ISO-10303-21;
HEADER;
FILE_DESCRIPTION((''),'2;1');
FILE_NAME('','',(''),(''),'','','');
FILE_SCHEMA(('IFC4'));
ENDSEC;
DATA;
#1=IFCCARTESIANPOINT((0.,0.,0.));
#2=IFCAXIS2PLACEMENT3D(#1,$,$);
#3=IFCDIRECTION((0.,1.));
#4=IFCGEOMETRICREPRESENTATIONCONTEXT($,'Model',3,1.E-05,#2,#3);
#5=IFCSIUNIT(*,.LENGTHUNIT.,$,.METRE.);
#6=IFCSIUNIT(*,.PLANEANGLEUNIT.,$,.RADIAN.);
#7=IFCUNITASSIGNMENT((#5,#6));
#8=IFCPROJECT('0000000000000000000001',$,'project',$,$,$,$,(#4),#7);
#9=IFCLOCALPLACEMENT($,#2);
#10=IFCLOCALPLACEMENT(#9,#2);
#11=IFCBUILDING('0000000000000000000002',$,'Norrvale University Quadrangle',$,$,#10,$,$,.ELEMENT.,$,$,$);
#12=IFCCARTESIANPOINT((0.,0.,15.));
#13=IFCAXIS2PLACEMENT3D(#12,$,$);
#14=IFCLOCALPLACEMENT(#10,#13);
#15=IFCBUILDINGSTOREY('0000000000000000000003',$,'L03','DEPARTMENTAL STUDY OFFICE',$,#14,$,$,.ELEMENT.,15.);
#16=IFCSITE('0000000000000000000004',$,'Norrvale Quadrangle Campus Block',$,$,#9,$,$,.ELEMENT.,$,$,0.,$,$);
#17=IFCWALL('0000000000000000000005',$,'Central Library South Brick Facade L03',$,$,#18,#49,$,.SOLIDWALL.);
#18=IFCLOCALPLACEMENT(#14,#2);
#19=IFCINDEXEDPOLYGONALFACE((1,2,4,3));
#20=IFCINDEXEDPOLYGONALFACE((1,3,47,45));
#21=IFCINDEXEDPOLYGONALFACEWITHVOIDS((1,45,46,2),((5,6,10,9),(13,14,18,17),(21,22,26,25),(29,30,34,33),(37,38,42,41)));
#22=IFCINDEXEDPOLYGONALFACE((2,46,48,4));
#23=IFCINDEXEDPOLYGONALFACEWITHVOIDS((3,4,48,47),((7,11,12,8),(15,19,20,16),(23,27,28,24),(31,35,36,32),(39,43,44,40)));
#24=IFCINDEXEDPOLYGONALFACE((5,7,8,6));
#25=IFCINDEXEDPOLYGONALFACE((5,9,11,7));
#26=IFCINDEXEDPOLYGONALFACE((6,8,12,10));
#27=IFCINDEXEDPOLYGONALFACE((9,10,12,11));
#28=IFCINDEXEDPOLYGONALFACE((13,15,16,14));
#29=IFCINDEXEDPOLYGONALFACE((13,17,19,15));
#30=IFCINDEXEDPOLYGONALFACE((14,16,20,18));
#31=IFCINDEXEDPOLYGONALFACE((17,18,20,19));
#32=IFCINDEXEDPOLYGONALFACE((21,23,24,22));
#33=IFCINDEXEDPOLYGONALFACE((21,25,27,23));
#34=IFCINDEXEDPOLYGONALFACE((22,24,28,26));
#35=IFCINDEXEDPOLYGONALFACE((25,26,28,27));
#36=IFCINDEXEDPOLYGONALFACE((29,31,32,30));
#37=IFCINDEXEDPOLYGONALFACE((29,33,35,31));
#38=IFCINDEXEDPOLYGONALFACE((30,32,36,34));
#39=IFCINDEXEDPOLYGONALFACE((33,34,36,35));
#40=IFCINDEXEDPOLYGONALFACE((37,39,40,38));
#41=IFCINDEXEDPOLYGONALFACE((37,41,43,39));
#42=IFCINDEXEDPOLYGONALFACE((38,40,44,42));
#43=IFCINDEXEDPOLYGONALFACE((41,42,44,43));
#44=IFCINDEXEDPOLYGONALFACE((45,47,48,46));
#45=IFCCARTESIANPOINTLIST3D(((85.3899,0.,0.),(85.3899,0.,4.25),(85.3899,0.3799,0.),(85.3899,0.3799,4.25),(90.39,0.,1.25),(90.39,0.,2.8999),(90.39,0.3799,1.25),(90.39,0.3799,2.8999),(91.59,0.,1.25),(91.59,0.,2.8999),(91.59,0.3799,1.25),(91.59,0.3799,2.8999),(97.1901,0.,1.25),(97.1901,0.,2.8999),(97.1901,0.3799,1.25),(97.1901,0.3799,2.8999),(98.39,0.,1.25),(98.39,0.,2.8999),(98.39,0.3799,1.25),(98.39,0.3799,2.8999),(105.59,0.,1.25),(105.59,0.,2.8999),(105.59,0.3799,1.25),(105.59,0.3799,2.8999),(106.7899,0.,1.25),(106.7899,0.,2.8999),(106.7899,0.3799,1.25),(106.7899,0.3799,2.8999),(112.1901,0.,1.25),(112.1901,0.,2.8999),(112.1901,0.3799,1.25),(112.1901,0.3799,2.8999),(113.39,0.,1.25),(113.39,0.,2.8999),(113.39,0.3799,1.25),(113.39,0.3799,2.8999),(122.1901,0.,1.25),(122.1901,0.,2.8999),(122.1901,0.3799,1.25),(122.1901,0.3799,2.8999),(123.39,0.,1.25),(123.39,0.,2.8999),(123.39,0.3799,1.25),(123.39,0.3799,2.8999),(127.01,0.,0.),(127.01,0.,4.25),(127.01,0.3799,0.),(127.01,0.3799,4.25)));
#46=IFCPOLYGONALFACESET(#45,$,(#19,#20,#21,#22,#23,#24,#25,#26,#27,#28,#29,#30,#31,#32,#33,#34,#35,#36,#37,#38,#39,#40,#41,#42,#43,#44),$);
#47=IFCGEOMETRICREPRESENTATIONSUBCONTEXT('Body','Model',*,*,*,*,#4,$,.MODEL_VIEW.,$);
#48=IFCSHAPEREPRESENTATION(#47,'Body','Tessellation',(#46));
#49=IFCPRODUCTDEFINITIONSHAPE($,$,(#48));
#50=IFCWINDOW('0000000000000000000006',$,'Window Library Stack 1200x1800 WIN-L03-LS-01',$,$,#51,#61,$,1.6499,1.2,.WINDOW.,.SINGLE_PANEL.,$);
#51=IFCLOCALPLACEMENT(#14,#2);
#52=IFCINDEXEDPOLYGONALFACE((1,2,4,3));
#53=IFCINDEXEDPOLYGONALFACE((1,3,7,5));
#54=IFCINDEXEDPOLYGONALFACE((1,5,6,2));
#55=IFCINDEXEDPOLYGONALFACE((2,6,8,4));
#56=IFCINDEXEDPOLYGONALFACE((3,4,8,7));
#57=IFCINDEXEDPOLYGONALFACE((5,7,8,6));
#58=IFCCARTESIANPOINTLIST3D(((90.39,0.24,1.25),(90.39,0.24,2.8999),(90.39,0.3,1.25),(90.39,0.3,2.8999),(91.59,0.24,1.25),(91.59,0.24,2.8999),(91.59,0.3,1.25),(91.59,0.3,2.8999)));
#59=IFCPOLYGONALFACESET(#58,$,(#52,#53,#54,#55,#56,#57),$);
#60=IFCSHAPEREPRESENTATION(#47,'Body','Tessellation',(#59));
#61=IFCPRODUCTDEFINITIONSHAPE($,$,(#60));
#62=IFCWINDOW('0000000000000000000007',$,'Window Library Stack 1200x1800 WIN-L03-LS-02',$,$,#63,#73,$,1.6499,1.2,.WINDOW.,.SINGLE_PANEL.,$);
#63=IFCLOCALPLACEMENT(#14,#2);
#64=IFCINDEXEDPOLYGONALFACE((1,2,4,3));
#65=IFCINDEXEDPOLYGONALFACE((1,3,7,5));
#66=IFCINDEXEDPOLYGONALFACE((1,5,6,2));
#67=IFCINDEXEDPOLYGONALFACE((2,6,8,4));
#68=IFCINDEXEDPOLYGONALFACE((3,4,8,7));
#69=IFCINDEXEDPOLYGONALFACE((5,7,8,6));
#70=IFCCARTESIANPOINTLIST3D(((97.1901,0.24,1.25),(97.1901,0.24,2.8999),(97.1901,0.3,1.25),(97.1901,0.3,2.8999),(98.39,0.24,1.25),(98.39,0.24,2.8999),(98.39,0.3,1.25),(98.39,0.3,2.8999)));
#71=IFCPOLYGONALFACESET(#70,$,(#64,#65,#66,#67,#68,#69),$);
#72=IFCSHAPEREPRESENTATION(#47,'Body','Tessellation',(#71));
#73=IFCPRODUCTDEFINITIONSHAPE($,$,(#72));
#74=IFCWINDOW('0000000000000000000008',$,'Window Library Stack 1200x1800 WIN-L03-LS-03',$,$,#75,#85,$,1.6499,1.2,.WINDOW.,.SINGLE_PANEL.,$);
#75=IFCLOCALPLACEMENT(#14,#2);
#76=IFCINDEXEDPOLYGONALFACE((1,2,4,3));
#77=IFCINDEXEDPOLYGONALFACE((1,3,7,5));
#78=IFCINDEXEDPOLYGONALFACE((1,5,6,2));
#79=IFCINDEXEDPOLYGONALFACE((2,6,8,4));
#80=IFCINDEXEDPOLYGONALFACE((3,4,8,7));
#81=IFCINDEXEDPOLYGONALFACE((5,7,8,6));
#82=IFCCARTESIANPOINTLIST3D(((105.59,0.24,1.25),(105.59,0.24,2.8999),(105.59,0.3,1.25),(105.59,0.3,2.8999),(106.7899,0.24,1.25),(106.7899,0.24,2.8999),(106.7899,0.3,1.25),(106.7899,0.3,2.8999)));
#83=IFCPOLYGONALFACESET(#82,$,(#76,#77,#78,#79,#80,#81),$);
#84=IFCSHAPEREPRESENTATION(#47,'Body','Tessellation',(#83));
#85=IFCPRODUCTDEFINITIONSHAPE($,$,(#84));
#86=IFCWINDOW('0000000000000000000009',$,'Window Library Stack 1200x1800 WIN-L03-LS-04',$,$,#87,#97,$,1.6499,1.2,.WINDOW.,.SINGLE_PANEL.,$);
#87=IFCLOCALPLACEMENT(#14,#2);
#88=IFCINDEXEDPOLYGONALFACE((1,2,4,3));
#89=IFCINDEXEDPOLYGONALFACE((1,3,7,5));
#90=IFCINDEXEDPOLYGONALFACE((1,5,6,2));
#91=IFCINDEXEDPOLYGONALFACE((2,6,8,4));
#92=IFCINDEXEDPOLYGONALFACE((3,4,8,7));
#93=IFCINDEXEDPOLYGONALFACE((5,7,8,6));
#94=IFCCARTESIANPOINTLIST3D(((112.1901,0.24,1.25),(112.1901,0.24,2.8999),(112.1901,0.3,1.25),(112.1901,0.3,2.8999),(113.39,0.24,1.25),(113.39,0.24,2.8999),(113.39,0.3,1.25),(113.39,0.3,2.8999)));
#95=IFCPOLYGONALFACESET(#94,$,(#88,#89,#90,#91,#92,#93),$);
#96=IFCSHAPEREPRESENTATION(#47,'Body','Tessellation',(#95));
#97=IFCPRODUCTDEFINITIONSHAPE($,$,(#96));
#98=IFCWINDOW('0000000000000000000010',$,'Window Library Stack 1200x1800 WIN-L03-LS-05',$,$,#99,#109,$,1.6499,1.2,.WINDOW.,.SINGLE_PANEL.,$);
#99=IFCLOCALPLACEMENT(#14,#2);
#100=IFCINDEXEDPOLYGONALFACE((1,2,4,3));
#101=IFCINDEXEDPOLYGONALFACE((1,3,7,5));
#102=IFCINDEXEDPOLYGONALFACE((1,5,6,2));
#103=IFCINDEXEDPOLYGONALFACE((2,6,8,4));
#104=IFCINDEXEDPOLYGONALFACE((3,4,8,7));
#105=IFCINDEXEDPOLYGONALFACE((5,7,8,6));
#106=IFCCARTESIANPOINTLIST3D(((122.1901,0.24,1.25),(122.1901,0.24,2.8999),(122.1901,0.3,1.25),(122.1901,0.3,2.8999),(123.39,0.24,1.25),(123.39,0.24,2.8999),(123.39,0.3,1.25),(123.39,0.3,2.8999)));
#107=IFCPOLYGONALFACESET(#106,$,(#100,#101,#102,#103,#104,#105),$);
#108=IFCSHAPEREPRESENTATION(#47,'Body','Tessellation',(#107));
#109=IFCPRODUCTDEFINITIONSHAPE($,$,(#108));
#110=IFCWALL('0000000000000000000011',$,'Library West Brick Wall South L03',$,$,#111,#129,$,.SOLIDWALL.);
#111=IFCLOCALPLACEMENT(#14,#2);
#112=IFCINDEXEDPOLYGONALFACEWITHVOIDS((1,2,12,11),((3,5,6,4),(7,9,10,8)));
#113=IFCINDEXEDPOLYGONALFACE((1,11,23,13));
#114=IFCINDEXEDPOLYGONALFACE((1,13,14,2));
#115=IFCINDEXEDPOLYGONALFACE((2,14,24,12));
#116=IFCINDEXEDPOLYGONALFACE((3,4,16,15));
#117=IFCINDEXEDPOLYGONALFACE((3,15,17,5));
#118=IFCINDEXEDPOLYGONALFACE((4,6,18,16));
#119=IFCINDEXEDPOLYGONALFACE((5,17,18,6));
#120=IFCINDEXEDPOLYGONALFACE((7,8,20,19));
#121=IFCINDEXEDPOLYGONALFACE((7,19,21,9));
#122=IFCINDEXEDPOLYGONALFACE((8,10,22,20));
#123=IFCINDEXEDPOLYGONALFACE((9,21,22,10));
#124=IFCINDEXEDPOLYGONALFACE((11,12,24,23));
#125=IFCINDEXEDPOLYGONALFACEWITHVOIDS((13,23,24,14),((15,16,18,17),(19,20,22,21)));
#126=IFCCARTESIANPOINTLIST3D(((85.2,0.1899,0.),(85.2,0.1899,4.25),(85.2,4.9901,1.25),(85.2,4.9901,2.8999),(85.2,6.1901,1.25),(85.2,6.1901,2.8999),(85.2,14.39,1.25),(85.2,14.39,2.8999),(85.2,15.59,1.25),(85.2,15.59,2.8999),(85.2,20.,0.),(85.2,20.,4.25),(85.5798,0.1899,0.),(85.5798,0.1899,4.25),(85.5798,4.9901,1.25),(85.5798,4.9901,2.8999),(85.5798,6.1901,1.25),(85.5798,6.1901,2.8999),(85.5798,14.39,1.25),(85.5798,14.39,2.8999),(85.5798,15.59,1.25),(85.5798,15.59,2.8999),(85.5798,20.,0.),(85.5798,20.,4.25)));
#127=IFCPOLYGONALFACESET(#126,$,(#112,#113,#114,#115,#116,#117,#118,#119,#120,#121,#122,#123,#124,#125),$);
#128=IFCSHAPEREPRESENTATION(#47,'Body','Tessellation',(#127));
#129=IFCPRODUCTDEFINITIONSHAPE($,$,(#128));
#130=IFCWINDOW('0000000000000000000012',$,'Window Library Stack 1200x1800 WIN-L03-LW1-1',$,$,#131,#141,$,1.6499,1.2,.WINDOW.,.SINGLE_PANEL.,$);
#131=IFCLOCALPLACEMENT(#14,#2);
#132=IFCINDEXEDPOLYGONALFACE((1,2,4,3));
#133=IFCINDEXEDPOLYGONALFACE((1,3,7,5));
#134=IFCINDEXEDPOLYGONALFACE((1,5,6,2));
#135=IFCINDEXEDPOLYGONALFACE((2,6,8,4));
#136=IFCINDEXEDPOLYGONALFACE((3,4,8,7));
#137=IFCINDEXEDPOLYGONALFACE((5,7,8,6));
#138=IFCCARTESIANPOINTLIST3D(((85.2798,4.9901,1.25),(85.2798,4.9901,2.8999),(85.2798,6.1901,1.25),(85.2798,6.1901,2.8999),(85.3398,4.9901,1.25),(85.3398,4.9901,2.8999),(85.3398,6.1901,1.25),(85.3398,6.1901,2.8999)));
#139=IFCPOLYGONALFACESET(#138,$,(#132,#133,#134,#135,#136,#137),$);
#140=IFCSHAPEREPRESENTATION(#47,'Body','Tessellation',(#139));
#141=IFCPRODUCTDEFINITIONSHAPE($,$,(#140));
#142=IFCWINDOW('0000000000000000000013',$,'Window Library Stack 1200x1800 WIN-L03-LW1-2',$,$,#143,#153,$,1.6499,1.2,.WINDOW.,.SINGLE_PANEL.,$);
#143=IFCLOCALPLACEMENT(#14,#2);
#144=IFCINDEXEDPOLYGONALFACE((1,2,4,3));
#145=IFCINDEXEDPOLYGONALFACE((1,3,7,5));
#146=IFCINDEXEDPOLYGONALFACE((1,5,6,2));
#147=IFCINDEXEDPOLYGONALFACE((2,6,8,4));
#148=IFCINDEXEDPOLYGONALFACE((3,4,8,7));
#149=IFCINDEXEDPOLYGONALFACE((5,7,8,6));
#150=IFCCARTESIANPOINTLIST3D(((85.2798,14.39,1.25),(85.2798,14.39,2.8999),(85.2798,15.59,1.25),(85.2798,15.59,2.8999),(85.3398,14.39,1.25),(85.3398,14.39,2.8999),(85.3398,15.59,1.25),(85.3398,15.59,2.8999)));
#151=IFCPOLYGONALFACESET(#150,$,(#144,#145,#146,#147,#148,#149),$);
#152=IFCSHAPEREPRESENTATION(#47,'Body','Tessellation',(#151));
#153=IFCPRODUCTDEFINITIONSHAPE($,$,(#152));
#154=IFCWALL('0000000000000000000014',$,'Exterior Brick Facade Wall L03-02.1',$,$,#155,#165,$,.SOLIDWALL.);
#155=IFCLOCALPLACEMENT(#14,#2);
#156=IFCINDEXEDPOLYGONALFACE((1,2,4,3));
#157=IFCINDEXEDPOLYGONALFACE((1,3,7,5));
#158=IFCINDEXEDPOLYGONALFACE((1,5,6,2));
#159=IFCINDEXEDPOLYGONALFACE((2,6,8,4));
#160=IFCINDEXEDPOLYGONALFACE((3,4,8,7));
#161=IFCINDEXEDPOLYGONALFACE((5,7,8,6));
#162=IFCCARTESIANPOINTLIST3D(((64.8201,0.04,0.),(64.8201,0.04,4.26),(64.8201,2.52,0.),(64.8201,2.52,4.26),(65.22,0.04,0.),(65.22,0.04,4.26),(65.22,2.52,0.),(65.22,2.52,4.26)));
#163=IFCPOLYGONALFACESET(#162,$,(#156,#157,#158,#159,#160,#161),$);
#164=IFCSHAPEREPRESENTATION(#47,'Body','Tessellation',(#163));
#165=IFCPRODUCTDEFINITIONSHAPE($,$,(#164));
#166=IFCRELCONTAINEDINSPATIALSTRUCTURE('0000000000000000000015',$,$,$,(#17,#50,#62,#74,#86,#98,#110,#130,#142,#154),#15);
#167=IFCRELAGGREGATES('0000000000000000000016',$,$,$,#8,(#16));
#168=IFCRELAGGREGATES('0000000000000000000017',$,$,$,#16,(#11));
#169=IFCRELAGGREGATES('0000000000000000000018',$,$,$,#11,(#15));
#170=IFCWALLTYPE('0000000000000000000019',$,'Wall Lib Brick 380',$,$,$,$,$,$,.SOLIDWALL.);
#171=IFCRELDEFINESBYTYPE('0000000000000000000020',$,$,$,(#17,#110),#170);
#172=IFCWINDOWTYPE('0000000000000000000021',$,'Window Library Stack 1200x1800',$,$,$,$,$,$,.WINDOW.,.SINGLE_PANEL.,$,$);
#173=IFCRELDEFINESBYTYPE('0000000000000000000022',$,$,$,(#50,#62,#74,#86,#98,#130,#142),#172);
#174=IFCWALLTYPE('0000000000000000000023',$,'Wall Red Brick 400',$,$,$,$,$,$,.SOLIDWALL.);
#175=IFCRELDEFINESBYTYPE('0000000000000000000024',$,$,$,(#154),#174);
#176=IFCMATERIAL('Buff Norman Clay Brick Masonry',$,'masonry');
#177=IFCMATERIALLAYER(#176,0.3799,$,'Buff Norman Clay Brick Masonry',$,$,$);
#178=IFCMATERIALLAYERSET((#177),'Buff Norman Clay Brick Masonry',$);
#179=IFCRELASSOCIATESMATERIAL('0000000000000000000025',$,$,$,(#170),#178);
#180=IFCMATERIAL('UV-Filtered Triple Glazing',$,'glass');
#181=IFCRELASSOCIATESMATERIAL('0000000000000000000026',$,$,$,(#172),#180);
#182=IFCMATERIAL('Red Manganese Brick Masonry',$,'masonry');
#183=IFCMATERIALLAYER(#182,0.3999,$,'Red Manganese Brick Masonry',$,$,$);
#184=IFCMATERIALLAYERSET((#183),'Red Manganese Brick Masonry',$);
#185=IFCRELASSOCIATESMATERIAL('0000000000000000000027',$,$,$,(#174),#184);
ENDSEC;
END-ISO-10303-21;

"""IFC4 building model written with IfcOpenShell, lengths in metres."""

from ifc_helpers import new_model, si_unit, direction, frame, frame_2d, origin, place, context, subcontext, project, spatial, rectangle, extrude, material, layer, layer_set, type_object, element, fill, save


model = new_model("IFC4")

# Units and contexts
model_context = context("Model", 3, precision=1e-05, world=origin(), true_north=direction((0.0, 1.0)))
body_context = subcontext(model_context, "Body", "Model", "MODEL_VIEW")
ifc_project = project(units=[si_unit("LENGTHUNIT", "METRE"), si_unit("PLANEANGLEUNIT", "RADIAN")], contexts=[model_context])

# Site, building, storey
site_placement = place(None, origin())
site = spatial("IfcSite", under=ifc_project, at=site_placement, Name="Norrvale Quadrangle Campus Block", CompositionType="ELEMENT", RefElevation=0.0)
building_placement = place(site_placement, origin())
building = spatial("IfcBuilding", under=site, at=building_placement, Name="Norrvale University Quadrangle", CompositionType="ELEMENT")
storey_placement = place(building_placement, frame((0.0, 0.0, 15.0)))
storey = spatial("IfcBuildingStorey", under=building, at=storey_placement, Name="L03", Description="DEPARTMENTAL STUDY OFFICE", CompositionType="ELEMENT", Elevation=15.0)

# Walls, openings, windows
ifc_material_1 = material(Name="Buff Norman Clay Brick Masonry", Category="masonry")
ifc_layer_1 = layer(ifc_material_1, 0.3799, Name="Buff Norman Clay Brick Masonry")
ifc_layer_set_1 = layer_set([ifc_layer_1], Name="Buff Norman Clay Brick Masonry")
wall_type_1 = type_object("IfcWallType", Name="Wall Lib Brick 380", PredefinedType="SOLIDWALL", material=ifc_layer_set_1)
wall_1_placement = place(storey_placement, frame((85.3899, 0.1899, 0.0), z_axis=(0.0, 0.0, 1.0), x_axis=(1.0, 0.0, 0.0)))
wall_1 = element("IfcWall", 1, at=wall_1_placement, inside=storey, type_object=wall_type_1, Name="Central Library South Brick Facade L03", PredefinedType="SOLIDWALL", context=body_context, shape_type="SweptSolid", body=[
    extrude(rectangle(XDim=41.6201, YDim=0.3799, at=frame_2d((20.8101, 0.0))), origin(), (0.0, 0.0, 1.0), 4.25),
])
opening_1_placement = place(wall_1_placement, frame((5.0, 0.0, 1.25)))
opening_1 = element("IfcOpeningElement", 2, at=opening_1_placement, cuts=wall_1, PredefinedType="OPENING", context=body_context, shape_type="SweptSolid", body=[
    extrude(rectangle(XDim=1.2, YDim=1.6499, at=frame_2d((0.6001, 0.825))), frame((0.0, 0.2019, 0.0), z_axis=(0.0, -1.0, 0.0), x_axis=(1.0, 0.0, 0.0)), (0.0, 0.0, 1.0), 0.4038),
])
opening_2_placement = place(wall_1_placement, frame((11.8, 0.0, 1.25)))
opening_2 = element("IfcOpeningElement", 3, at=opening_2_placement, cuts=wall_1, PredefinedType="OPENING", context=body_context, shape_type="SweptSolid", body=[
    extrude(rectangle(XDim=1.2, YDim=1.6499, at=frame_2d((0.6001, 0.825))), frame((0.0, 0.2019, 0.0), z_axis=(0.0, -1.0, 0.0), x_axis=(1.0, 0.0, 0.0)), (0.0, 0.0, 1.0), 0.4038),
])
opening_3_placement = place(wall_1_placement, frame((20.2, 0.0, 1.25)))
opening_3 = element("IfcOpeningElement", 4, at=opening_3_placement, cuts=wall_1, PredefinedType="OPENING", context=body_context, shape_type="SweptSolid", body=[
    extrude(rectangle(XDim=1.2, YDim=1.6499, at=frame_2d((0.6001, 0.825))), frame((0.0, 0.2019, 0.0), z_axis=(0.0, -1.0, 0.0), x_axis=(1.0, 0.0, 0.0)), (0.0, 0.0, 1.0), 0.4038),
])
opening_4_placement = place(wall_1_placement, frame((26.8, 0.0, 1.25)))
opening_4 = element("IfcOpeningElement", 5, at=opening_4_placement, cuts=wall_1, PredefinedType="OPENING", context=body_context, shape_type="SweptSolid", body=[
    extrude(rectangle(XDim=1.2, YDim=1.6499, at=frame_2d((0.6001, 0.825))), frame((0.0, 0.2019, 0.0), z_axis=(0.0, -1.0, 0.0), x_axis=(1.0, 0.0, 0.0)), (0.0, 0.0, 1.0), 0.4038),
])
opening_5_placement = place(wall_1_placement, frame((36.8, 0.0, 1.25)))
opening_5 = element("IfcOpeningElement", 6, at=opening_5_placement, cuts=wall_1, PredefinedType="OPENING", context=body_context, shape_type="SweptSolid", body=[
    extrude(rectangle(XDim=1.2, YDim=1.6499, at=frame_2d((0.6001, 0.825))), frame((0.0, 0.2019, 0.0), z_axis=(0.0, -1.0, 0.0), x_axis=(1.0, 0.0, 0.0)), (0.0, 0.0, 1.0), 0.4038),
])
ifc_material_2 = material(Name="UV-Filtered Triple Glazing", Category="glass")
window_type_1 = type_object("IfcWindowType", Name="Window Library Stack 1200x1800", PartitioningType="SINGLE_PANEL", PredefinedType="WINDOW", material=ifc_material_2)
window_1_placement = place(opening_1_placement, origin())
window_1 = element("IfcWindow", 7, at=window_1_placement, inside=storey, type_object=window_type_1, Name="Window Library Stack 1200x1800 WIN-L03-LS-01", OverallHeight=1.6499, OverallWidth=1.2, PartitioningType="SINGLE_PANEL", PredefinedType="WINDOW", context=body_context, shape_type="SweptSolid", body=[
    extrude(rectangle(XDim=1.2, YDim=1.6499, at=frame_2d((0.6001, 0.825))), frame((0.0, 0.1101, 0.0), z_axis=(0.0, -1.0, 0.0), x_axis=(1.0, 0.0, 0.0)), (0.0, 0.0, 1.0), 0.0601),
])
fill(opening_1, window_1)
window_2_placement = place(opening_2_placement, origin())
window_2 = element("IfcWindow", 8, at=window_2_placement, inside=storey, type_object=window_type_1, Name="Window Library Stack 1200x1800 WIN-L03-LS-02", OverallHeight=1.6499, OverallWidth=1.2, PartitioningType="SINGLE_PANEL", PredefinedType="WINDOW", context=body_context, shape_type="SweptSolid", body=[
    extrude(rectangle(XDim=1.2, YDim=1.6499, at=frame_2d((0.6001, 0.825))), frame((0.0, 0.1101, 0.0), z_axis=(0.0, -1.0, 0.0), x_axis=(1.0, 0.0, 0.0)), (0.0, 0.0, 1.0), 0.0601),
])
fill(opening_2, window_2)
window_3_placement = place(opening_3_placement, origin())
window_3 = element("IfcWindow", 9, at=window_3_placement, inside=storey, type_object=window_type_1, Name="Window Library Stack 1200x1800 WIN-L03-LS-03", OverallHeight=1.6499, OverallWidth=1.2, PartitioningType="SINGLE_PANEL", PredefinedType="WINDOW", context=body_context, shape_type="SweptSolid", body=[
    extrude(rectangle(XDim=1.2, YDim=1.6499, at=frame_2d((0.6001, 0.825))), frame((0.0, 0.1101, 0.0), z_axis=(0.0, -1.0, 0.0), x_axis=(1.0, 0.0, 0.0)), (0.0, 0.0, 1.0), 0.0601),
])
fill(opening_3, window_3)
window_4_placement = place(opening_4_placement, origin())
window_4 = element("IfcWindow", 10, at=window_4_placement, inside=storey, type_object=window_type_1, Name="Window Library Stack 1200x1800 WIN-L03-LS-04", OverallHeight=1.6499, OverallWidth=1.2, PartitioningType="SINGLE_PANEL", PredefinedType="WINDOW", context=body_context, shape_type="SweptSolid", body=[
    extrude(rectangle(XDim=1.2, YDim=1.6499, at=frame_2d((0.6001, 0.825))), frame((0.0, 0.1101, 0.0), z_axis=(0.0, -1.0, 0.0), x_axis=(1.0, 0.0, 0.0)), (0.0, 0.0, 1.0), 0.0601),
])
fill(opening_4, window_4)
window_5_placement = place(opening_5_placement, origin())
window_5 = element("IfcWindow", 11, at=window_5_placement, inside=storey, type_object=window_type_1, Name="Window Library Stack 1200x1800 WIN-L03-LS-05", OverallHeight=1.6499, OverallWidth=1.2, PartitioningType="SINGLE_PANEL", PredefinedType="WINDOW", context=body_context, shape_type="SweptSolid", body=[
    extrude(rectangle(XDim=1.2, YDim=1.6499, at=frame_2d((0.6001, 0.825))), frame((0.0, 0.1101, 0.0), z_axis=(0.0, -1.0, 0.0), x_axis=(1.0, 0.0, 0.0)), (0.0, 0.0, 1.0), 0.0601),
])
fill(opening_5, window_5)
wall_2_placement = place(storey_placement, frame((85.3899, 0.1899, 0.0), z_axis=(0.0, 0.0, 1.0), x_axis=(0.0, 1.0, 0.0)))
wall_2 = element("IfcWall", 12, at=wall_2_placement, inside=storey, type_object=wall_type_1, Name="Library West Brick Wall South L03", PredefinedType="SOLIDWALL", context=body_context, shape_type="SweptSolid", body=[
    extrude(rectangle(XDim=19.8101, YDim=0.3799, at=frame_2d((9.905, 0.0))), origin(), (0.0, 0.0, 1.0), 4.25),
])
opening_6_placement = place(wall_2_placement, frame((4.8, 0.0, 1.25)))
opening_6 = element("IfcOpeningElement", 13, at=opening_6_placement, cuts=wall_2, PredefinedType="OPENING", context=body_context, shape_type="SweptSolid", body=[
    extrude(rectangle(XDim=1.2, YDim=1.6499, at=frame_2d((0.6001, 0.825))), frame((0.0, 0.2019, 0.0), z_axis=(0.0, -1.0, 0.0), x_axis=(1.0, 0.0, 0.0)), (0.0, 0.0, 1.0), 0.4038),
])
opening_7_placement = place(wall_2_placement, frame((14.2, 0.0, 1.25)))
opening_7 = element("IfcOpeningElement", 14, at=opening_7_placement, cuts=wall_2, PredefinedType="OPENING", context=body_context, shape_type="SweptSolid", body=[
    extrude(rectangle(XDim=1.2, YDim=1.6499, at=frame_2d((0.6001, 0.825))), frame((0.0, 0.2019, 0.0), z_axis=(0.0, -1.0, 0.0), x_axis=(1.0, 0.0, 0.0)), (0.0, 0.0, 1.0), 0.4038),
])
window_6_placement = place(opening_6_placement, origin())
window_6 = element("IfcWindow", 15, at=window_6_placement, inside=storey, type_object=window_type_1, Name="Window Library Stack 1200x1800 WIN-L03-LW1-1", OverallHeight=1.6499, OverallWidth=1.2, PartitioningType="SINGLE_PANEL", PredefinedType="WINDOW", context=body_context, shape_type="SweptSolid", body=[
    extrude(rectangle(XDim=1.2, YDim=1.6499, at=frame_2d((0.6001, 0.825))), frame((0.0, 0.1101, 0.0), z_axis=(0.0, -1.0, 0.0), x_axis=(1.0, 0.0, 0.0)), (0.0, 0.0, 1.0), 0.0601),
])
fill(opening_6, window_6)
window_7_placement = place(opening_7_placement, origin())
window_7 = element("IfcWindow", 16, at=window_7_placement, inside=storey, type_object=window_type_1, Name="Window Library Stack 1200x1800 WIN-L03-LW1-2", OverallHeight=1.6499, OverallWidth=1.2, PartitioningType="SINGLE_PANEL", PredefinedType="WINDOW", context=body_context, shape_type="SweptSolid", body=[
    extrude(rectangle(XDim=1.2, YDim=1.6499, at=frame_2d((0.6001, 0.825))), frame((0.0, 0.1101, 0.0), z_axis=(0.0, -1.0, 0.0), x_axis=(1.0, 0.0, 0.0)), (0.0, 0.0, 1.0), 0.0601),
])
fill(opening_7, window_7)

# Wall
ifc_material_3 = material(Name="Red Manganese Brick Masonry", Category="masonry")
ifc_layer_2 = layer(ifc_material_3, 0.3999, Name="Red Manganese Brick Masonry")
ifc_layer_set_2 = layer_set([ifc_layer_2], Name="Red Manganese Brick Masonry")
wall_type_2 = type_object("IfcWallType", Name="Wall Red Brick 400", PredefinedType="SOLIDWALL", material=ifc_layer_set_2)
wall_3_placement = place(storey_placement, frame((65.02, 0.04, 0.0), z_axis=(0.0, 0.0, 1.0), x_axis=(0.0, 1.0, 0.0)))
element("IfcWall", 17, at=wall_3_placement, inside=storey, type_object=wall_type_2, Name="Exterior Brick Facade Wall L03-02.1", PredefinedType="SOLIDWALL", context=body_context, shape_type="SweptSolid", body=[
    extrude(rectangle(XDim=2.48, YDim=0.3999, at=frame_2d((1.24, 0.0))), origin(), (0.0, 0.0, 1.0), 4.26),
])

save(model, "model.ifc")
